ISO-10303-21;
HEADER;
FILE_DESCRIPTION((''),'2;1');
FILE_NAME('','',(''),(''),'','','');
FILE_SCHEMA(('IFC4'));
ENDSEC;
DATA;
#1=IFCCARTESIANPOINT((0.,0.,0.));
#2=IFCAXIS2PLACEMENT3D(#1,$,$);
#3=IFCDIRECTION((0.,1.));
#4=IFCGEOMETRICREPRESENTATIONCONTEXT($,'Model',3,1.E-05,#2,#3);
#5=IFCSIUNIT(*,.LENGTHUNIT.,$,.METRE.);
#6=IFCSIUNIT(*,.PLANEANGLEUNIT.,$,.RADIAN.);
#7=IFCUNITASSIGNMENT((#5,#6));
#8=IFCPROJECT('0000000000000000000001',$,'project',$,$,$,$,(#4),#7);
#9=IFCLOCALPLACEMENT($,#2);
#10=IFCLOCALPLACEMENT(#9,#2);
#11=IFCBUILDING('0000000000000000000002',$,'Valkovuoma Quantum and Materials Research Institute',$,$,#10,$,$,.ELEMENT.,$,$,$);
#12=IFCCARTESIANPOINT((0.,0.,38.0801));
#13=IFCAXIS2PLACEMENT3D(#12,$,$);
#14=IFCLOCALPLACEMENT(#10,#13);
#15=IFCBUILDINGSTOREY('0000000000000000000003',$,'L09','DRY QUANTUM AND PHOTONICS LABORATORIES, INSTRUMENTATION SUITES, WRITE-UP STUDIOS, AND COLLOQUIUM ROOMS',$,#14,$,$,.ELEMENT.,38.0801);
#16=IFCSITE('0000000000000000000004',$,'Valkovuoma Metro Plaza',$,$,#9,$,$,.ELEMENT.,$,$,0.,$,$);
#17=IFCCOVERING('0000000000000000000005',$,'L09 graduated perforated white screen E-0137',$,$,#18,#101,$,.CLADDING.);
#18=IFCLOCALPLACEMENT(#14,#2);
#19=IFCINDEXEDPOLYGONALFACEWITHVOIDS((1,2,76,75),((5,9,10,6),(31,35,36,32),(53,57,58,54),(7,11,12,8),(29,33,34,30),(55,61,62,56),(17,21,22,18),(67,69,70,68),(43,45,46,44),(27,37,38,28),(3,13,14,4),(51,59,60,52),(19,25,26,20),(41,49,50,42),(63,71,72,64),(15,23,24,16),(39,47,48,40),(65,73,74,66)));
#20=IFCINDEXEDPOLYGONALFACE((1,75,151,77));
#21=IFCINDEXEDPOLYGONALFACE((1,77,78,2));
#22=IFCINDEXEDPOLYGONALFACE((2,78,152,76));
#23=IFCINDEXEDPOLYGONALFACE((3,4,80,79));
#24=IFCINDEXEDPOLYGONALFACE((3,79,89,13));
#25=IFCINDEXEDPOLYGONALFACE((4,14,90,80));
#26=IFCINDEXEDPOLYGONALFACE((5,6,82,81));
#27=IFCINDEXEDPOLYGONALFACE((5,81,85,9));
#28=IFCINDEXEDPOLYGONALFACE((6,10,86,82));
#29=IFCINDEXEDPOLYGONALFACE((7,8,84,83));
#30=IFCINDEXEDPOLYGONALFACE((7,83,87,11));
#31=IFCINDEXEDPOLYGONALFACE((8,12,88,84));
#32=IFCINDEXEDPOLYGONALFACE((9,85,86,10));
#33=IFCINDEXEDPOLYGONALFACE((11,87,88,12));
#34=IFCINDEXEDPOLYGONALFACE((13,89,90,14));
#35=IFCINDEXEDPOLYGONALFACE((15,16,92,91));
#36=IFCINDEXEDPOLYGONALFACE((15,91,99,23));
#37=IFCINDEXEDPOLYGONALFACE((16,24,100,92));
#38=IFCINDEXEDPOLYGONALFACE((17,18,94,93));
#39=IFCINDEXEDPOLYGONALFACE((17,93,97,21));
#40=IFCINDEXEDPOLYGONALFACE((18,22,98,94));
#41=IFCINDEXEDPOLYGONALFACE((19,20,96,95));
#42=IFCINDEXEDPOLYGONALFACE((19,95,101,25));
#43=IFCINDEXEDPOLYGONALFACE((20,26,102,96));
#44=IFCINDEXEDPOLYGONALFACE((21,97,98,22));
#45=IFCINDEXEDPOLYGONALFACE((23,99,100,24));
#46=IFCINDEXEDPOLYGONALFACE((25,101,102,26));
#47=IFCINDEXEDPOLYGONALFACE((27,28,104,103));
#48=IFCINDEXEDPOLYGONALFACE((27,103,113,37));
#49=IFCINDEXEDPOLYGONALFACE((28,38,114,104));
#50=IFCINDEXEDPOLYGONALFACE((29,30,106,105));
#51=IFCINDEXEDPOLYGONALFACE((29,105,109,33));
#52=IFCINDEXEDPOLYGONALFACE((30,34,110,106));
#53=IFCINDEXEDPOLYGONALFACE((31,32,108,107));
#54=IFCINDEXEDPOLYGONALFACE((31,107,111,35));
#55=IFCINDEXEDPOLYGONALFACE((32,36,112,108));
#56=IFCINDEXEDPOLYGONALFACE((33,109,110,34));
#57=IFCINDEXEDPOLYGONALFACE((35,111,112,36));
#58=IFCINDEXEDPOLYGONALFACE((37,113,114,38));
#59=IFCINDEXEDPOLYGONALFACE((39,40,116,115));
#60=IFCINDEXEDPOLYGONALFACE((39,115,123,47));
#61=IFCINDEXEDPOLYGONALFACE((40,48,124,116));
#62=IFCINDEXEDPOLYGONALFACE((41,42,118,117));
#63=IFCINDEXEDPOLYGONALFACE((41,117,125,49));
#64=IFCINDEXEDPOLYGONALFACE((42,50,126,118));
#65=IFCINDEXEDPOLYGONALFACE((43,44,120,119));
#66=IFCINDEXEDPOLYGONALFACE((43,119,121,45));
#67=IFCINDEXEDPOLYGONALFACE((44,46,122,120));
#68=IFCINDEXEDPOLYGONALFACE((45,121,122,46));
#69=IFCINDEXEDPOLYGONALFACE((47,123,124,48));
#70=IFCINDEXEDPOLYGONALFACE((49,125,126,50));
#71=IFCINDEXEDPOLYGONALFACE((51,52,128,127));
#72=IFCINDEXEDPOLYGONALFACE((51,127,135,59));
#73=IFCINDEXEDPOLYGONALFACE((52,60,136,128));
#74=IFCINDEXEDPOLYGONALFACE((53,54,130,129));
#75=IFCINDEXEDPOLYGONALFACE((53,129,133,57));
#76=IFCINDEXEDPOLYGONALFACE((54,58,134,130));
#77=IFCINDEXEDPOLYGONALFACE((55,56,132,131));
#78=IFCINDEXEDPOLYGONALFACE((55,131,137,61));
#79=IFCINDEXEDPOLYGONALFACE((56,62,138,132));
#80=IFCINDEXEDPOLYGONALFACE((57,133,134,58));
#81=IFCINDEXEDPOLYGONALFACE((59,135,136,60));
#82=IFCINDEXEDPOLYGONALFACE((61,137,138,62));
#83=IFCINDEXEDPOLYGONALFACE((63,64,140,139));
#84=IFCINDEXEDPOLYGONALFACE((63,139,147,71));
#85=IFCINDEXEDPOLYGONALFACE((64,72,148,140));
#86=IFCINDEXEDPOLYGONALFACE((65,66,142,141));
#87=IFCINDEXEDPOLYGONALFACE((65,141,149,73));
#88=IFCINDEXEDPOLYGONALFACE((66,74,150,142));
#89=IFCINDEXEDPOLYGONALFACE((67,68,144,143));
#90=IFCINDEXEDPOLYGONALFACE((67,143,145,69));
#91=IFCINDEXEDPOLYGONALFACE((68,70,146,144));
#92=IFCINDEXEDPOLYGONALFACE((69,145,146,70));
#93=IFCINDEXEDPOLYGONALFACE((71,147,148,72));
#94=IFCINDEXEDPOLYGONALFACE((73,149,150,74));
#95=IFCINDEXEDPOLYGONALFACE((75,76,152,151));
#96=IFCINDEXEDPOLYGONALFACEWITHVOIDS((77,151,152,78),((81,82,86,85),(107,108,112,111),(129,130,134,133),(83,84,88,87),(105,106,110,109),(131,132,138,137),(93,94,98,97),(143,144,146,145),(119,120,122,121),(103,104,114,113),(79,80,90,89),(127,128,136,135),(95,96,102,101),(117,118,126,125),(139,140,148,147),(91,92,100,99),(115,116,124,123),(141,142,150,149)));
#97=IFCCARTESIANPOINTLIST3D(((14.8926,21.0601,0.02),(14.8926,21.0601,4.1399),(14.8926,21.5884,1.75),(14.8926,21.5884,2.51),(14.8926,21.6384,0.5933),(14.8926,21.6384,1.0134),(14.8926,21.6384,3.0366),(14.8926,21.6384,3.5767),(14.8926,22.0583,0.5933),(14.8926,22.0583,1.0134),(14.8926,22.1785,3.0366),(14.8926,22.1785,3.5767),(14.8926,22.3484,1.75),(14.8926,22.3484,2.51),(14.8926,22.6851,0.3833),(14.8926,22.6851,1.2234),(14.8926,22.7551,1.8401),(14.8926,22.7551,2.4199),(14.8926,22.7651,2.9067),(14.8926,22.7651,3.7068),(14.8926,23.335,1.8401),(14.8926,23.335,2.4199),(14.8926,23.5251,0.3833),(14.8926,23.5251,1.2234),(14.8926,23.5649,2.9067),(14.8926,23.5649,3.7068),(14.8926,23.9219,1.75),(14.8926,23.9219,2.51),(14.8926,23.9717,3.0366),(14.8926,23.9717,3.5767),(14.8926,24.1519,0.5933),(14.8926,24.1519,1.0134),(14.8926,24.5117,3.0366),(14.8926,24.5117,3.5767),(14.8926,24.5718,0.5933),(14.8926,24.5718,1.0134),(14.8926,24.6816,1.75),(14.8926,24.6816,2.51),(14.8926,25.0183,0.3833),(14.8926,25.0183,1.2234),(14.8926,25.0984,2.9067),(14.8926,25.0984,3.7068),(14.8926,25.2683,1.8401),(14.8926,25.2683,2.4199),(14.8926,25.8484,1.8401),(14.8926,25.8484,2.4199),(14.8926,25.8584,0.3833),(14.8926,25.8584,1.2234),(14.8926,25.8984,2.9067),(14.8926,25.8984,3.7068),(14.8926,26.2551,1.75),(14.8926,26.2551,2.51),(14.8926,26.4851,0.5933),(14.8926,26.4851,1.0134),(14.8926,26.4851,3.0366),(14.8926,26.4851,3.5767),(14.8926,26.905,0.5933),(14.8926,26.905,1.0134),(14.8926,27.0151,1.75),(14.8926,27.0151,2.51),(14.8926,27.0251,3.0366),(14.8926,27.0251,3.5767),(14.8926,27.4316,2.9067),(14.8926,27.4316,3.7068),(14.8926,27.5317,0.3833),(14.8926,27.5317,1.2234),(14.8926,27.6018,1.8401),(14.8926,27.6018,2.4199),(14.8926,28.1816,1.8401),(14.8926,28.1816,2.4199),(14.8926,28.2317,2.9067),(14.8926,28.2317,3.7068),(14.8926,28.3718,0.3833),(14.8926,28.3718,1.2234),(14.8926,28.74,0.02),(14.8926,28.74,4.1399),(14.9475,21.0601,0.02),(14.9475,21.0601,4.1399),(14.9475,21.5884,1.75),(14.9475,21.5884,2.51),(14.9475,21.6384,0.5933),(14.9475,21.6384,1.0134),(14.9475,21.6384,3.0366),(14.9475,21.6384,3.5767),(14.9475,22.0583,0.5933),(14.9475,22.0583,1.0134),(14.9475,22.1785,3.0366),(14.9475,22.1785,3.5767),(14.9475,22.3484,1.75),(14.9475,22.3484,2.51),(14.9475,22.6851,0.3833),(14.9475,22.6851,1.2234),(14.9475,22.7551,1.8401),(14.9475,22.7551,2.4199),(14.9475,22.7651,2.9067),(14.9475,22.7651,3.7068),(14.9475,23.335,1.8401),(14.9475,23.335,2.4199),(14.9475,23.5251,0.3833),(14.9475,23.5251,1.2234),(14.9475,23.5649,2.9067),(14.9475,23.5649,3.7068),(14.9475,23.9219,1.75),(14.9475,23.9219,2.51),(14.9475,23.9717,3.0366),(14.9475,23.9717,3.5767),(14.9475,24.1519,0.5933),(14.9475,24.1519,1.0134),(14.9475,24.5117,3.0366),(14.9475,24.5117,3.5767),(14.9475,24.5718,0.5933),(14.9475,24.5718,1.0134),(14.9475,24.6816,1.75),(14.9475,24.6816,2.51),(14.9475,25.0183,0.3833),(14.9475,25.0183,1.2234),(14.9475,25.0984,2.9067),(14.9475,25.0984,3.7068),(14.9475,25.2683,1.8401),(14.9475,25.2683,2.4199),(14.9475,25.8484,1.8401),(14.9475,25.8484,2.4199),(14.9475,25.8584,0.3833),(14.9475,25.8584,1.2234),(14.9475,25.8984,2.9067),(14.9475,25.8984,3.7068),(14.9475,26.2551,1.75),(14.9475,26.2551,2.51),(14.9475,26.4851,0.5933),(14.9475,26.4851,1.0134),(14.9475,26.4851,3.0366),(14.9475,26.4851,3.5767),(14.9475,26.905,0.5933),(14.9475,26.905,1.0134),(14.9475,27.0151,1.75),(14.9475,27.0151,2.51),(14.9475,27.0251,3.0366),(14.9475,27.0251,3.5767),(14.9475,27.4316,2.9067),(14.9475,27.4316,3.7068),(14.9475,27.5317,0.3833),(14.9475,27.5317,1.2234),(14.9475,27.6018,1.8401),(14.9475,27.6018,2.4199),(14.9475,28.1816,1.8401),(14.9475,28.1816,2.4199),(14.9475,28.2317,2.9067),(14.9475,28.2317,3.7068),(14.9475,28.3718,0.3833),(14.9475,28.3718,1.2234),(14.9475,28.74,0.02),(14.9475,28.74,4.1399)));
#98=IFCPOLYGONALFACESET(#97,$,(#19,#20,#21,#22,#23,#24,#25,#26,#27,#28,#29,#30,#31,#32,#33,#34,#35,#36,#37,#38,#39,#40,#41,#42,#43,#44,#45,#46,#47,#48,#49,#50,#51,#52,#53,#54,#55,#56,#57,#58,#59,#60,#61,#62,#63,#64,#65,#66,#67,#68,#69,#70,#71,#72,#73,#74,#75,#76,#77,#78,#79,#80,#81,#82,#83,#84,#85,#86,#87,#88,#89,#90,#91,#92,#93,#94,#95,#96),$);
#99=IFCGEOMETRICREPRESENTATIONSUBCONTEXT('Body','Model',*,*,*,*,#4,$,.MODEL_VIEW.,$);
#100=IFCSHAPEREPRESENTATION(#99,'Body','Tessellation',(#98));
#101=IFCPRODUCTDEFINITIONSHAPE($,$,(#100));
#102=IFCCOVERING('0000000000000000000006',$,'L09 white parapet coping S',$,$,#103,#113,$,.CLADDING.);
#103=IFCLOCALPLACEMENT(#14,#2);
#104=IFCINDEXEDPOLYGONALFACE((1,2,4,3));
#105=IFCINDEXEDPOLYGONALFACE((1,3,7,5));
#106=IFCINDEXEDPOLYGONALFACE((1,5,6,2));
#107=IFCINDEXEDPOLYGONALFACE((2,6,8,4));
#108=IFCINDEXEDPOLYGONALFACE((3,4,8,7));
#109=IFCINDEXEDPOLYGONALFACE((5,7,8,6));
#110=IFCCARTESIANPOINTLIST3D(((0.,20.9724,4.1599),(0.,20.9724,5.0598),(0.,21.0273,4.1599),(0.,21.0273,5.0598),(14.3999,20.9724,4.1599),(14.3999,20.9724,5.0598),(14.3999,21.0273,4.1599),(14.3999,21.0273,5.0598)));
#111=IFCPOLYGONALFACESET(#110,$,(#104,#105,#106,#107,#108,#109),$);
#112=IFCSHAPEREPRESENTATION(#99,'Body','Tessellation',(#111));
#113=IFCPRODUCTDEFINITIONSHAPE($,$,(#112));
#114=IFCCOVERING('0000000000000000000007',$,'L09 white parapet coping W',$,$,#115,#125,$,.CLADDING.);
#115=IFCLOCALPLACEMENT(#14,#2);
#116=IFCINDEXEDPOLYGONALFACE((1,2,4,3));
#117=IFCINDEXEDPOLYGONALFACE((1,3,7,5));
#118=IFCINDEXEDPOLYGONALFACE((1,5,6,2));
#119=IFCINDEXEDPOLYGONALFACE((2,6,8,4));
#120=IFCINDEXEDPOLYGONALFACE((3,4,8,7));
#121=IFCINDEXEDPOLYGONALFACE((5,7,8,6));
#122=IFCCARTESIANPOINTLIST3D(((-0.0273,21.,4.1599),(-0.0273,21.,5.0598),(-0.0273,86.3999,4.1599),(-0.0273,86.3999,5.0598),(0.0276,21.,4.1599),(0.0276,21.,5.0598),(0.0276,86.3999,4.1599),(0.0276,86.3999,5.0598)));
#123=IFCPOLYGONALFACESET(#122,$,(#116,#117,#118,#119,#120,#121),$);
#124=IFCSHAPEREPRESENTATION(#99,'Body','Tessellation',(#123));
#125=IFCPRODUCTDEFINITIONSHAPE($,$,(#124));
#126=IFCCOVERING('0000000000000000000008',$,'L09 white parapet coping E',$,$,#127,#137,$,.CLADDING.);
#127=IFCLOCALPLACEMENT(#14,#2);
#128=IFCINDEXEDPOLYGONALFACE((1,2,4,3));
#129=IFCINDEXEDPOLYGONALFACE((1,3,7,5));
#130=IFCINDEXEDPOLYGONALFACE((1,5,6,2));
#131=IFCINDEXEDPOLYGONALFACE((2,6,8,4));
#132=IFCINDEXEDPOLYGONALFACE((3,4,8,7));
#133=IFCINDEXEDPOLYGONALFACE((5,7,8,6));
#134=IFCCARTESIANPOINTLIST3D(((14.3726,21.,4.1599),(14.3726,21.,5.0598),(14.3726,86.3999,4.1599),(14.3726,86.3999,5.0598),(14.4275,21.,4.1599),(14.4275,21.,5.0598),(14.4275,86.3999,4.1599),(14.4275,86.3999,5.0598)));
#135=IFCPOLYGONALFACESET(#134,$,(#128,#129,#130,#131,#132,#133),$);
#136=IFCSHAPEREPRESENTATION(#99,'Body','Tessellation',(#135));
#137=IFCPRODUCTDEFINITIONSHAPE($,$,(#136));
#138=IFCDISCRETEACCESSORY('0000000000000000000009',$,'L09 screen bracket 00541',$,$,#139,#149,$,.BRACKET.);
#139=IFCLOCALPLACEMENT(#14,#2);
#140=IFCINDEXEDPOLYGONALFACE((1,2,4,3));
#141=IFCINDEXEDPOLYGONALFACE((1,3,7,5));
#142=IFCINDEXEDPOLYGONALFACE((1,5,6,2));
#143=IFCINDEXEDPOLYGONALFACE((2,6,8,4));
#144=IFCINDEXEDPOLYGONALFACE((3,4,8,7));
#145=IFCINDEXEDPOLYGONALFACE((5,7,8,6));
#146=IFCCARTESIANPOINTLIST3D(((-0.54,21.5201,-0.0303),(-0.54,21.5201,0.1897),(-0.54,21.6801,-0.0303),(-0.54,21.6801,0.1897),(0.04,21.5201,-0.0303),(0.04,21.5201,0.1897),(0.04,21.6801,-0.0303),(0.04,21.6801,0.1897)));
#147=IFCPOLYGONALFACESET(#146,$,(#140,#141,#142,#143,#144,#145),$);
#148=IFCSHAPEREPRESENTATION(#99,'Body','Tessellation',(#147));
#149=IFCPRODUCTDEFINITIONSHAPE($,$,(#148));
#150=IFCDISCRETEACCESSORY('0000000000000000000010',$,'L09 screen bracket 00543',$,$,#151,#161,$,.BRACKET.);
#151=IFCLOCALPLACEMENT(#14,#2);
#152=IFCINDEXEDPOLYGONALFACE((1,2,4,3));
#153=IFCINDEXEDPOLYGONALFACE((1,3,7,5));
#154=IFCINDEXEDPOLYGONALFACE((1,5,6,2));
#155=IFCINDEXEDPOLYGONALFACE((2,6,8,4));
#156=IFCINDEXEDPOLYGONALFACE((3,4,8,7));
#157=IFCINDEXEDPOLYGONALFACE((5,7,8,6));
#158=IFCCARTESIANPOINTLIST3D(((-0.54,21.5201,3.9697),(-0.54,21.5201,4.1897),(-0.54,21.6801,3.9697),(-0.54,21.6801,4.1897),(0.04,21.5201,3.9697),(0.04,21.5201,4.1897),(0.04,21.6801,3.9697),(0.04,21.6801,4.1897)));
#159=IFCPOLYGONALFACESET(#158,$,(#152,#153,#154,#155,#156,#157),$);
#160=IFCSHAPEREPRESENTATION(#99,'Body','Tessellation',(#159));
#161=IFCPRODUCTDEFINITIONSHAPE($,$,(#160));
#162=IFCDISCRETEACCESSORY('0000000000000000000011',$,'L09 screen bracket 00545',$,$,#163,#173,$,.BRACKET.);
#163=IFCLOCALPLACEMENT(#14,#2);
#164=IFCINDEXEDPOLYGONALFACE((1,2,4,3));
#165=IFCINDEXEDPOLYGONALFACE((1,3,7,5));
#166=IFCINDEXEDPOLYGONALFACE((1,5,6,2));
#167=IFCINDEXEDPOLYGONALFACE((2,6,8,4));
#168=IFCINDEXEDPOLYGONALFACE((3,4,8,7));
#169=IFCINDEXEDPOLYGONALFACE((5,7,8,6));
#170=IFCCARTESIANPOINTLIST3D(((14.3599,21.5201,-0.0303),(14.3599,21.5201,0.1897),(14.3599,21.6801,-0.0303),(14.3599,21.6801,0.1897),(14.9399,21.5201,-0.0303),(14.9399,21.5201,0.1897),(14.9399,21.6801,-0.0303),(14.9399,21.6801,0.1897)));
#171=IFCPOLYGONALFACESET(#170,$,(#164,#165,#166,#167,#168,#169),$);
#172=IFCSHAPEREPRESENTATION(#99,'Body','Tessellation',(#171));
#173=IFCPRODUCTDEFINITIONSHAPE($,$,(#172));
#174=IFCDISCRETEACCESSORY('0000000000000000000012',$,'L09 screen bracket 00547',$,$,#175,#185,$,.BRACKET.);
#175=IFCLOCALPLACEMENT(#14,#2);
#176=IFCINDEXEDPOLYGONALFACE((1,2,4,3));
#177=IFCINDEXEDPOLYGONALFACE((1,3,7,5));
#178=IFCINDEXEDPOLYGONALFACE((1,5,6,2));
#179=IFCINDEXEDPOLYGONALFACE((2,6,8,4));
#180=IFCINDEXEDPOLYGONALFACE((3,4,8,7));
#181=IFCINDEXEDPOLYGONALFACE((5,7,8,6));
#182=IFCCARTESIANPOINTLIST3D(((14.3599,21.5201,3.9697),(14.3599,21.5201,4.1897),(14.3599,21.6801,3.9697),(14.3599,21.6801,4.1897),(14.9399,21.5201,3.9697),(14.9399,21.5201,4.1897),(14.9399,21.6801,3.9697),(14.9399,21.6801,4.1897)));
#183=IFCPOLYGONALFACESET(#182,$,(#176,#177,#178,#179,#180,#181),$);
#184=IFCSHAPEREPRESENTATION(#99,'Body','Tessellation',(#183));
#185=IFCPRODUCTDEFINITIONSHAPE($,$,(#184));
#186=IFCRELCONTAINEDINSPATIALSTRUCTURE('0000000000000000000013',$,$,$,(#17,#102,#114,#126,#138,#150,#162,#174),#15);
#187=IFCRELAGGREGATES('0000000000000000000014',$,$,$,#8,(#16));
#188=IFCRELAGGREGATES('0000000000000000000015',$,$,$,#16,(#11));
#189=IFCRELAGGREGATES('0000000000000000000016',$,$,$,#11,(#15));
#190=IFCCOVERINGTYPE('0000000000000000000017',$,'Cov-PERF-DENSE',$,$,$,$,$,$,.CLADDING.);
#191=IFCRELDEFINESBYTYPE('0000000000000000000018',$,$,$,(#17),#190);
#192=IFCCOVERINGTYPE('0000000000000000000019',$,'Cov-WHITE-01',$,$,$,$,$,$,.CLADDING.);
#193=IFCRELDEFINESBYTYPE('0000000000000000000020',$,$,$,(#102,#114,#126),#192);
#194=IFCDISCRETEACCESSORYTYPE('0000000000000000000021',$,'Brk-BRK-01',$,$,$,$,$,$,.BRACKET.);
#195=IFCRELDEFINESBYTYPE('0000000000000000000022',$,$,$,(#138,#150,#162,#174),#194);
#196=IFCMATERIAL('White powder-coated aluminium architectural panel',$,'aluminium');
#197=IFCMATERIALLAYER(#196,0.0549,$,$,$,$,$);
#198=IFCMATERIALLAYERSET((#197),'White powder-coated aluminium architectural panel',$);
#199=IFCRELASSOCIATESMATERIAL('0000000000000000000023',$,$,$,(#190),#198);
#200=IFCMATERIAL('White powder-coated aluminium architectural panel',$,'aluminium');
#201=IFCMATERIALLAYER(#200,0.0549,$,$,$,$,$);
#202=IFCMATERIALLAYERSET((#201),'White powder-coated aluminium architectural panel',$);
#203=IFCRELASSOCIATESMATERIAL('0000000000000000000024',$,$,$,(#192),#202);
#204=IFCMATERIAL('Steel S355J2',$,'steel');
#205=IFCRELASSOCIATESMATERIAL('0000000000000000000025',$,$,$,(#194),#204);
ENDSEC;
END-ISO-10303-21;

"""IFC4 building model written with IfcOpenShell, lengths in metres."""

from ifc_helpers import new_model, si_unit, direction, frame, origin, origin_2d, place, context, subcontext, project, spatial, polyline, rectangle, outline, extrude, material, layer, layer_set, type_object, element, save


model = new_model("IFC4")

# Units and contexts
model_context = context("Model", 3, precision=1e-05, world=origin(), true_north=direction((0.0, 1.0)))
body_context = subcontext(model_context, "Body", "Model", "MODEL_VIEW")
ifc_project = project(units=[si_unit("LENGTHUNIT", "METRE"), si_unit("PLANEANGLEUNIT", "RADIAN")], contexts=[model_context])

# Site, building, storey
site_placement = place(None, origin())
site = spatial("IfcSite", under=ifc_project, at=site_placement, Name="Valkovuoma Metro Plaza", CompositionType="ELEMENT", RefElevation=0.0)
building_placement = place(site_placement, origin())
building = spatial("IfcBuilding", under=site, at=building_placement, Name="Valkovuoma Quantum and Materials Research Institute", CompositionType="ELEMENT")
storey_placement = place(building_placement, frame((0.0, 0.0, 38.0801)))
storey = spatial("IfcBuildingStorey", under=building, at=storey_placement, Name="L09", Description="DRY QUANTUM AND PHOTONICS LABORATORIES, INSTRUMENTATION SUITES, WRITE-UP STUDIOS, AND COLLOQUIUM ROOMS", CompositionType="ELEMENT", Elevation=38.0801)

# Coverings
ifc_material_1 = material(Name="White powder-coated aluminium architectural panel", Category="aluminium")
ifc_layer_1 = layer(ifc_material_1, 0.0549)
ifc_layer_set_1 = layer_set([ifc_layer_1], Name="White powder-coated aluminium architectural panel")
covering_type_1 = type_object("IfcCoveringType", Name="Cov-PERF-DENSE", PredefinedType="CLADDING", material=ifc_layer_set_1)
covering_1_placement = place(storey_placement, frame((14.9199, 21.0601, 0.02), z_axis=(0.0, 0.0, 1.0), x_axis=(0.0, 1.0, 0.0)))
element("IfcCovering", 1, at=covering_1_placement, inside=storey, type_object=covering_type_1, Name="L09 graduated perforated white screen E-0137", PredefinedType="CLADDING", context=body_context, shape_type="SweptSolid", body=[
    extrude(outline(polyline([(0.0, 0.0), (7.6799, 0.0), (7.6799, 4.1199), (0.0, 4.1199), (0.0, 0.0)]), holes=[polyline([(0.5784, 0.5732), (0.5784, 0.9934), (0.9983, 0.9934), (0.9983, 0.5732), (0.5784, 0.5732)]), polyline([(0.5283, 1.73), (0.5283, 2.49), (1.2883, 2.49), (1.2883, 1.73), (0.5283, 1.73)]), polyline([(0.5784, 3.0166), (0.5784, 3.5566), (1.1184, 3.5566), (1.1184, 3.0166), (0.5784, 3.0166)]), polyline([(1.625, 0.3633), (1.625, 1.2034), (2.4651, 1.2034), (2.4651, 0.3633), (1.625, 0.3633)]), polyline([(1.6951, 1.8201), (1.6951, 2.3999), (2.2749, 2.3999), (2.2749, 1.8201), (1.6951, 1.8201)]), polyline([(1.7051, 2.8867), (1.7051, 3.6868), (2.5049, 3.6868), (2.5049, 2.8867), (1.7051, 2.8867)]), polyline([(3.0918, 0.5732), (3.0918, 0.9934), (3.5117, 0.9934), (3.5117, 0.5732), (3.0918, 0.5732)]), polyline([(2.8618, 1.73), (2.8618, 2.49), (3.6216, 2.49), (3.6216, 1.73), (2.8618, 1.73)]), polyline([(2.9116, 3.0166), (2.9116, 3.5566), (3.4517, 3.5566), (3.4517, 3.0166), (2.9116, 3.0166)]), polyline([(3.9583, 0.3633), (3.9583, 1.2034), (4.7983, 1.2034), (4.7983, 0.3633), (3.9583, 0.3633)]), polyline([(4.2083, 1.8201), (4.2083, 2.3999), (4.7883, 2.3999), (4.7883, 1.8201), (4.2083, 1.8201)]), polyline([(4.0383, 2.8867), (4.0383, 3.6868), (4.8384, 3.6868), (4.8384, 2.8867), (4.0383, 2.8867)]), polyline([(5.425, 0.5732), (5.425, 0.9934), (5.845, 0.9934), (5.845, 0.5732), (5.425, 0.5732)]), polyline([(5.1951, 1.73), (5.1951, 2.49), (5.9551, 2.49), (5.9551, 1.73), (5.1951, 1.73)]), polyline([(5.425, 3.0166), (5.425, 3.5566), (5.9651, 3.5566), (5.9651, 3.0166), (5.425, 3.0166)]), polyline([(6.4717, 0.3633), (6.4717, 1.2034), (7.3118, 1.2034), (7.3118, 0.3633), (6.4717, 0.3633)]), polyline([(6.5417, 1.8201), (6.5417, 2.3999), (7.1216, 2.3999), (7.1216, 1.8201), (6.5417, 1.8201)]), polyline([(6.3716, 2.8867), (6.3716, 3.6868), (7.1716, 3.6868), (7.1716, 2.8867), (6.3716, 2.8867)])]), frame((0.0, 0.0273, 0.0), z_axis=(0.0, -1.0, 0.0), x_axis=(1.0, 0.0, 0.0)), (0.0, 0.0, 1.0), 0.0549),
])
ifc_material_2 = material(Name="White powder-coated aluminium architectural panel", Category="aluminium")
ifc_layer_2 = layer(ifc_material_2, 0.0549)
ifc_layer_set_2 = layer_set([ifc_layer_2], Name="White powder-coated aluminium architectural panel")
covering_type_2 = type_object("IfcCoveringType", Name="Cov-WHITE-01", PredefinedType="CLADDING", material=ifc_layer_set_2)
covering_2_placement = place(storey_placement, frame((0.0, 21.0, 4.1599), z_axis=(0.0, 0.0, 1.0), x_axis=(1.0, 0.0, 0.0)))
element("IfcCovering", 2, at=covering_2_placement, inside=storey, type_object=covering_type_2, Name="L09 white parapet coping S", PredefinedType="CLADDING", context=body_context, shape_type="SweptSolid", body=[
    extrude(outline(polyline([(0.0, 0.0), (14.3999, 0.0), (14.3999, 0.8999), (0.0, 0.8999), (0.0, 0.0)])), frame((0.0, 0.0273, 0.0), z_axis=(0.0, -1.0, 0.0), x_axis=(1.0, 0.0, 0.0)), (0.0, 0.0, 1.0), 0.0549),
])
for number, where, z_axis, x_axis, name in (
    (3, (0.0, 21.0, 4.1599), (0.0, 0.0, 1.0), (0.0, 1.0, 0.0), "L09 white parapet coping W"),
    (4, (14.3999, 21.0, 4.1599), (0.0, 0.0, 1.0), (0.0, 1.0, 0.0), "L09 white parapet coping E"),
):
    element("IfcCovering", number, at=place(storey_placement, frame(where, z_axis=z_axis, x_axis=x_axis)), inside=storey, type_object=covering_type_2, Name=name, PredefinedType="CLADDING", context=body_context, shape_type="SweptSolid", body=[
        extrude(outline(polyline([(0.0, 0.0), (65.3999, 0.0), (65.3999, 0.8999), (0.0, 0.8999), (0.0, 0.0)])), frame((0.0, 0.0273, 0.0), z_axis=(0.0, -1.0, 0.0), x_axis=(1.0, 0.0, 0.0)), (0.0, 0.0, 1.0), 0.0549),
    ])

# Discrete accessories
ifc_material_3 = material(Name="Steel S355J2", Category="steel")
discrete_accessory_type_1 = type_object("IfcDiscreteAccessoryType", Name="Brk-BRK-01", PredefinedType="BRACKET", material=ifc_material_3)
for number, where, z_axis, x_axis, name in (
    (5, (-0.25, 21.6001, -0.0303), (0.0, 0.0, 1.0), (1.0, 0.0, 0.0), "L09 screen bracket 00541"),
    (6, (-0.25, 21.6001, 3.9697), (0.0, 0.0, 1.0), (1.0, 0.0, 0.0), "L09 screen bracket 00543"),
    (7, (14.6499, 21.6001, -0.0303), (0.0, 0.0, 1.0), (1.0, 0.0, 0.0), "L09 screen bracket 00545"),
    (8, (14.6499, 21.6001, 3.9697), (0.0, 0.0, 1.0), (1.0, 0.0, 0.0), "L09 screen bracket 00547"),
):
    element("IfcDiscreteAccessory", number, at=place(storey_placement, frame(where, z_axis=z_axis, x_axis=x_axis)), inside=storey, type_object=discrete_accessory_type_1, Name=name, PredefinedType="BRACKET", context=body_context, shape_type="SweptSolid", body=[
        extrude(rectangle(XDim=0.5801, YDim=0.1599, at=origin_2d()), origin(), (0.0, 0.0, 1.0), 0.22),
    ])

save(model, "model.ifc")
